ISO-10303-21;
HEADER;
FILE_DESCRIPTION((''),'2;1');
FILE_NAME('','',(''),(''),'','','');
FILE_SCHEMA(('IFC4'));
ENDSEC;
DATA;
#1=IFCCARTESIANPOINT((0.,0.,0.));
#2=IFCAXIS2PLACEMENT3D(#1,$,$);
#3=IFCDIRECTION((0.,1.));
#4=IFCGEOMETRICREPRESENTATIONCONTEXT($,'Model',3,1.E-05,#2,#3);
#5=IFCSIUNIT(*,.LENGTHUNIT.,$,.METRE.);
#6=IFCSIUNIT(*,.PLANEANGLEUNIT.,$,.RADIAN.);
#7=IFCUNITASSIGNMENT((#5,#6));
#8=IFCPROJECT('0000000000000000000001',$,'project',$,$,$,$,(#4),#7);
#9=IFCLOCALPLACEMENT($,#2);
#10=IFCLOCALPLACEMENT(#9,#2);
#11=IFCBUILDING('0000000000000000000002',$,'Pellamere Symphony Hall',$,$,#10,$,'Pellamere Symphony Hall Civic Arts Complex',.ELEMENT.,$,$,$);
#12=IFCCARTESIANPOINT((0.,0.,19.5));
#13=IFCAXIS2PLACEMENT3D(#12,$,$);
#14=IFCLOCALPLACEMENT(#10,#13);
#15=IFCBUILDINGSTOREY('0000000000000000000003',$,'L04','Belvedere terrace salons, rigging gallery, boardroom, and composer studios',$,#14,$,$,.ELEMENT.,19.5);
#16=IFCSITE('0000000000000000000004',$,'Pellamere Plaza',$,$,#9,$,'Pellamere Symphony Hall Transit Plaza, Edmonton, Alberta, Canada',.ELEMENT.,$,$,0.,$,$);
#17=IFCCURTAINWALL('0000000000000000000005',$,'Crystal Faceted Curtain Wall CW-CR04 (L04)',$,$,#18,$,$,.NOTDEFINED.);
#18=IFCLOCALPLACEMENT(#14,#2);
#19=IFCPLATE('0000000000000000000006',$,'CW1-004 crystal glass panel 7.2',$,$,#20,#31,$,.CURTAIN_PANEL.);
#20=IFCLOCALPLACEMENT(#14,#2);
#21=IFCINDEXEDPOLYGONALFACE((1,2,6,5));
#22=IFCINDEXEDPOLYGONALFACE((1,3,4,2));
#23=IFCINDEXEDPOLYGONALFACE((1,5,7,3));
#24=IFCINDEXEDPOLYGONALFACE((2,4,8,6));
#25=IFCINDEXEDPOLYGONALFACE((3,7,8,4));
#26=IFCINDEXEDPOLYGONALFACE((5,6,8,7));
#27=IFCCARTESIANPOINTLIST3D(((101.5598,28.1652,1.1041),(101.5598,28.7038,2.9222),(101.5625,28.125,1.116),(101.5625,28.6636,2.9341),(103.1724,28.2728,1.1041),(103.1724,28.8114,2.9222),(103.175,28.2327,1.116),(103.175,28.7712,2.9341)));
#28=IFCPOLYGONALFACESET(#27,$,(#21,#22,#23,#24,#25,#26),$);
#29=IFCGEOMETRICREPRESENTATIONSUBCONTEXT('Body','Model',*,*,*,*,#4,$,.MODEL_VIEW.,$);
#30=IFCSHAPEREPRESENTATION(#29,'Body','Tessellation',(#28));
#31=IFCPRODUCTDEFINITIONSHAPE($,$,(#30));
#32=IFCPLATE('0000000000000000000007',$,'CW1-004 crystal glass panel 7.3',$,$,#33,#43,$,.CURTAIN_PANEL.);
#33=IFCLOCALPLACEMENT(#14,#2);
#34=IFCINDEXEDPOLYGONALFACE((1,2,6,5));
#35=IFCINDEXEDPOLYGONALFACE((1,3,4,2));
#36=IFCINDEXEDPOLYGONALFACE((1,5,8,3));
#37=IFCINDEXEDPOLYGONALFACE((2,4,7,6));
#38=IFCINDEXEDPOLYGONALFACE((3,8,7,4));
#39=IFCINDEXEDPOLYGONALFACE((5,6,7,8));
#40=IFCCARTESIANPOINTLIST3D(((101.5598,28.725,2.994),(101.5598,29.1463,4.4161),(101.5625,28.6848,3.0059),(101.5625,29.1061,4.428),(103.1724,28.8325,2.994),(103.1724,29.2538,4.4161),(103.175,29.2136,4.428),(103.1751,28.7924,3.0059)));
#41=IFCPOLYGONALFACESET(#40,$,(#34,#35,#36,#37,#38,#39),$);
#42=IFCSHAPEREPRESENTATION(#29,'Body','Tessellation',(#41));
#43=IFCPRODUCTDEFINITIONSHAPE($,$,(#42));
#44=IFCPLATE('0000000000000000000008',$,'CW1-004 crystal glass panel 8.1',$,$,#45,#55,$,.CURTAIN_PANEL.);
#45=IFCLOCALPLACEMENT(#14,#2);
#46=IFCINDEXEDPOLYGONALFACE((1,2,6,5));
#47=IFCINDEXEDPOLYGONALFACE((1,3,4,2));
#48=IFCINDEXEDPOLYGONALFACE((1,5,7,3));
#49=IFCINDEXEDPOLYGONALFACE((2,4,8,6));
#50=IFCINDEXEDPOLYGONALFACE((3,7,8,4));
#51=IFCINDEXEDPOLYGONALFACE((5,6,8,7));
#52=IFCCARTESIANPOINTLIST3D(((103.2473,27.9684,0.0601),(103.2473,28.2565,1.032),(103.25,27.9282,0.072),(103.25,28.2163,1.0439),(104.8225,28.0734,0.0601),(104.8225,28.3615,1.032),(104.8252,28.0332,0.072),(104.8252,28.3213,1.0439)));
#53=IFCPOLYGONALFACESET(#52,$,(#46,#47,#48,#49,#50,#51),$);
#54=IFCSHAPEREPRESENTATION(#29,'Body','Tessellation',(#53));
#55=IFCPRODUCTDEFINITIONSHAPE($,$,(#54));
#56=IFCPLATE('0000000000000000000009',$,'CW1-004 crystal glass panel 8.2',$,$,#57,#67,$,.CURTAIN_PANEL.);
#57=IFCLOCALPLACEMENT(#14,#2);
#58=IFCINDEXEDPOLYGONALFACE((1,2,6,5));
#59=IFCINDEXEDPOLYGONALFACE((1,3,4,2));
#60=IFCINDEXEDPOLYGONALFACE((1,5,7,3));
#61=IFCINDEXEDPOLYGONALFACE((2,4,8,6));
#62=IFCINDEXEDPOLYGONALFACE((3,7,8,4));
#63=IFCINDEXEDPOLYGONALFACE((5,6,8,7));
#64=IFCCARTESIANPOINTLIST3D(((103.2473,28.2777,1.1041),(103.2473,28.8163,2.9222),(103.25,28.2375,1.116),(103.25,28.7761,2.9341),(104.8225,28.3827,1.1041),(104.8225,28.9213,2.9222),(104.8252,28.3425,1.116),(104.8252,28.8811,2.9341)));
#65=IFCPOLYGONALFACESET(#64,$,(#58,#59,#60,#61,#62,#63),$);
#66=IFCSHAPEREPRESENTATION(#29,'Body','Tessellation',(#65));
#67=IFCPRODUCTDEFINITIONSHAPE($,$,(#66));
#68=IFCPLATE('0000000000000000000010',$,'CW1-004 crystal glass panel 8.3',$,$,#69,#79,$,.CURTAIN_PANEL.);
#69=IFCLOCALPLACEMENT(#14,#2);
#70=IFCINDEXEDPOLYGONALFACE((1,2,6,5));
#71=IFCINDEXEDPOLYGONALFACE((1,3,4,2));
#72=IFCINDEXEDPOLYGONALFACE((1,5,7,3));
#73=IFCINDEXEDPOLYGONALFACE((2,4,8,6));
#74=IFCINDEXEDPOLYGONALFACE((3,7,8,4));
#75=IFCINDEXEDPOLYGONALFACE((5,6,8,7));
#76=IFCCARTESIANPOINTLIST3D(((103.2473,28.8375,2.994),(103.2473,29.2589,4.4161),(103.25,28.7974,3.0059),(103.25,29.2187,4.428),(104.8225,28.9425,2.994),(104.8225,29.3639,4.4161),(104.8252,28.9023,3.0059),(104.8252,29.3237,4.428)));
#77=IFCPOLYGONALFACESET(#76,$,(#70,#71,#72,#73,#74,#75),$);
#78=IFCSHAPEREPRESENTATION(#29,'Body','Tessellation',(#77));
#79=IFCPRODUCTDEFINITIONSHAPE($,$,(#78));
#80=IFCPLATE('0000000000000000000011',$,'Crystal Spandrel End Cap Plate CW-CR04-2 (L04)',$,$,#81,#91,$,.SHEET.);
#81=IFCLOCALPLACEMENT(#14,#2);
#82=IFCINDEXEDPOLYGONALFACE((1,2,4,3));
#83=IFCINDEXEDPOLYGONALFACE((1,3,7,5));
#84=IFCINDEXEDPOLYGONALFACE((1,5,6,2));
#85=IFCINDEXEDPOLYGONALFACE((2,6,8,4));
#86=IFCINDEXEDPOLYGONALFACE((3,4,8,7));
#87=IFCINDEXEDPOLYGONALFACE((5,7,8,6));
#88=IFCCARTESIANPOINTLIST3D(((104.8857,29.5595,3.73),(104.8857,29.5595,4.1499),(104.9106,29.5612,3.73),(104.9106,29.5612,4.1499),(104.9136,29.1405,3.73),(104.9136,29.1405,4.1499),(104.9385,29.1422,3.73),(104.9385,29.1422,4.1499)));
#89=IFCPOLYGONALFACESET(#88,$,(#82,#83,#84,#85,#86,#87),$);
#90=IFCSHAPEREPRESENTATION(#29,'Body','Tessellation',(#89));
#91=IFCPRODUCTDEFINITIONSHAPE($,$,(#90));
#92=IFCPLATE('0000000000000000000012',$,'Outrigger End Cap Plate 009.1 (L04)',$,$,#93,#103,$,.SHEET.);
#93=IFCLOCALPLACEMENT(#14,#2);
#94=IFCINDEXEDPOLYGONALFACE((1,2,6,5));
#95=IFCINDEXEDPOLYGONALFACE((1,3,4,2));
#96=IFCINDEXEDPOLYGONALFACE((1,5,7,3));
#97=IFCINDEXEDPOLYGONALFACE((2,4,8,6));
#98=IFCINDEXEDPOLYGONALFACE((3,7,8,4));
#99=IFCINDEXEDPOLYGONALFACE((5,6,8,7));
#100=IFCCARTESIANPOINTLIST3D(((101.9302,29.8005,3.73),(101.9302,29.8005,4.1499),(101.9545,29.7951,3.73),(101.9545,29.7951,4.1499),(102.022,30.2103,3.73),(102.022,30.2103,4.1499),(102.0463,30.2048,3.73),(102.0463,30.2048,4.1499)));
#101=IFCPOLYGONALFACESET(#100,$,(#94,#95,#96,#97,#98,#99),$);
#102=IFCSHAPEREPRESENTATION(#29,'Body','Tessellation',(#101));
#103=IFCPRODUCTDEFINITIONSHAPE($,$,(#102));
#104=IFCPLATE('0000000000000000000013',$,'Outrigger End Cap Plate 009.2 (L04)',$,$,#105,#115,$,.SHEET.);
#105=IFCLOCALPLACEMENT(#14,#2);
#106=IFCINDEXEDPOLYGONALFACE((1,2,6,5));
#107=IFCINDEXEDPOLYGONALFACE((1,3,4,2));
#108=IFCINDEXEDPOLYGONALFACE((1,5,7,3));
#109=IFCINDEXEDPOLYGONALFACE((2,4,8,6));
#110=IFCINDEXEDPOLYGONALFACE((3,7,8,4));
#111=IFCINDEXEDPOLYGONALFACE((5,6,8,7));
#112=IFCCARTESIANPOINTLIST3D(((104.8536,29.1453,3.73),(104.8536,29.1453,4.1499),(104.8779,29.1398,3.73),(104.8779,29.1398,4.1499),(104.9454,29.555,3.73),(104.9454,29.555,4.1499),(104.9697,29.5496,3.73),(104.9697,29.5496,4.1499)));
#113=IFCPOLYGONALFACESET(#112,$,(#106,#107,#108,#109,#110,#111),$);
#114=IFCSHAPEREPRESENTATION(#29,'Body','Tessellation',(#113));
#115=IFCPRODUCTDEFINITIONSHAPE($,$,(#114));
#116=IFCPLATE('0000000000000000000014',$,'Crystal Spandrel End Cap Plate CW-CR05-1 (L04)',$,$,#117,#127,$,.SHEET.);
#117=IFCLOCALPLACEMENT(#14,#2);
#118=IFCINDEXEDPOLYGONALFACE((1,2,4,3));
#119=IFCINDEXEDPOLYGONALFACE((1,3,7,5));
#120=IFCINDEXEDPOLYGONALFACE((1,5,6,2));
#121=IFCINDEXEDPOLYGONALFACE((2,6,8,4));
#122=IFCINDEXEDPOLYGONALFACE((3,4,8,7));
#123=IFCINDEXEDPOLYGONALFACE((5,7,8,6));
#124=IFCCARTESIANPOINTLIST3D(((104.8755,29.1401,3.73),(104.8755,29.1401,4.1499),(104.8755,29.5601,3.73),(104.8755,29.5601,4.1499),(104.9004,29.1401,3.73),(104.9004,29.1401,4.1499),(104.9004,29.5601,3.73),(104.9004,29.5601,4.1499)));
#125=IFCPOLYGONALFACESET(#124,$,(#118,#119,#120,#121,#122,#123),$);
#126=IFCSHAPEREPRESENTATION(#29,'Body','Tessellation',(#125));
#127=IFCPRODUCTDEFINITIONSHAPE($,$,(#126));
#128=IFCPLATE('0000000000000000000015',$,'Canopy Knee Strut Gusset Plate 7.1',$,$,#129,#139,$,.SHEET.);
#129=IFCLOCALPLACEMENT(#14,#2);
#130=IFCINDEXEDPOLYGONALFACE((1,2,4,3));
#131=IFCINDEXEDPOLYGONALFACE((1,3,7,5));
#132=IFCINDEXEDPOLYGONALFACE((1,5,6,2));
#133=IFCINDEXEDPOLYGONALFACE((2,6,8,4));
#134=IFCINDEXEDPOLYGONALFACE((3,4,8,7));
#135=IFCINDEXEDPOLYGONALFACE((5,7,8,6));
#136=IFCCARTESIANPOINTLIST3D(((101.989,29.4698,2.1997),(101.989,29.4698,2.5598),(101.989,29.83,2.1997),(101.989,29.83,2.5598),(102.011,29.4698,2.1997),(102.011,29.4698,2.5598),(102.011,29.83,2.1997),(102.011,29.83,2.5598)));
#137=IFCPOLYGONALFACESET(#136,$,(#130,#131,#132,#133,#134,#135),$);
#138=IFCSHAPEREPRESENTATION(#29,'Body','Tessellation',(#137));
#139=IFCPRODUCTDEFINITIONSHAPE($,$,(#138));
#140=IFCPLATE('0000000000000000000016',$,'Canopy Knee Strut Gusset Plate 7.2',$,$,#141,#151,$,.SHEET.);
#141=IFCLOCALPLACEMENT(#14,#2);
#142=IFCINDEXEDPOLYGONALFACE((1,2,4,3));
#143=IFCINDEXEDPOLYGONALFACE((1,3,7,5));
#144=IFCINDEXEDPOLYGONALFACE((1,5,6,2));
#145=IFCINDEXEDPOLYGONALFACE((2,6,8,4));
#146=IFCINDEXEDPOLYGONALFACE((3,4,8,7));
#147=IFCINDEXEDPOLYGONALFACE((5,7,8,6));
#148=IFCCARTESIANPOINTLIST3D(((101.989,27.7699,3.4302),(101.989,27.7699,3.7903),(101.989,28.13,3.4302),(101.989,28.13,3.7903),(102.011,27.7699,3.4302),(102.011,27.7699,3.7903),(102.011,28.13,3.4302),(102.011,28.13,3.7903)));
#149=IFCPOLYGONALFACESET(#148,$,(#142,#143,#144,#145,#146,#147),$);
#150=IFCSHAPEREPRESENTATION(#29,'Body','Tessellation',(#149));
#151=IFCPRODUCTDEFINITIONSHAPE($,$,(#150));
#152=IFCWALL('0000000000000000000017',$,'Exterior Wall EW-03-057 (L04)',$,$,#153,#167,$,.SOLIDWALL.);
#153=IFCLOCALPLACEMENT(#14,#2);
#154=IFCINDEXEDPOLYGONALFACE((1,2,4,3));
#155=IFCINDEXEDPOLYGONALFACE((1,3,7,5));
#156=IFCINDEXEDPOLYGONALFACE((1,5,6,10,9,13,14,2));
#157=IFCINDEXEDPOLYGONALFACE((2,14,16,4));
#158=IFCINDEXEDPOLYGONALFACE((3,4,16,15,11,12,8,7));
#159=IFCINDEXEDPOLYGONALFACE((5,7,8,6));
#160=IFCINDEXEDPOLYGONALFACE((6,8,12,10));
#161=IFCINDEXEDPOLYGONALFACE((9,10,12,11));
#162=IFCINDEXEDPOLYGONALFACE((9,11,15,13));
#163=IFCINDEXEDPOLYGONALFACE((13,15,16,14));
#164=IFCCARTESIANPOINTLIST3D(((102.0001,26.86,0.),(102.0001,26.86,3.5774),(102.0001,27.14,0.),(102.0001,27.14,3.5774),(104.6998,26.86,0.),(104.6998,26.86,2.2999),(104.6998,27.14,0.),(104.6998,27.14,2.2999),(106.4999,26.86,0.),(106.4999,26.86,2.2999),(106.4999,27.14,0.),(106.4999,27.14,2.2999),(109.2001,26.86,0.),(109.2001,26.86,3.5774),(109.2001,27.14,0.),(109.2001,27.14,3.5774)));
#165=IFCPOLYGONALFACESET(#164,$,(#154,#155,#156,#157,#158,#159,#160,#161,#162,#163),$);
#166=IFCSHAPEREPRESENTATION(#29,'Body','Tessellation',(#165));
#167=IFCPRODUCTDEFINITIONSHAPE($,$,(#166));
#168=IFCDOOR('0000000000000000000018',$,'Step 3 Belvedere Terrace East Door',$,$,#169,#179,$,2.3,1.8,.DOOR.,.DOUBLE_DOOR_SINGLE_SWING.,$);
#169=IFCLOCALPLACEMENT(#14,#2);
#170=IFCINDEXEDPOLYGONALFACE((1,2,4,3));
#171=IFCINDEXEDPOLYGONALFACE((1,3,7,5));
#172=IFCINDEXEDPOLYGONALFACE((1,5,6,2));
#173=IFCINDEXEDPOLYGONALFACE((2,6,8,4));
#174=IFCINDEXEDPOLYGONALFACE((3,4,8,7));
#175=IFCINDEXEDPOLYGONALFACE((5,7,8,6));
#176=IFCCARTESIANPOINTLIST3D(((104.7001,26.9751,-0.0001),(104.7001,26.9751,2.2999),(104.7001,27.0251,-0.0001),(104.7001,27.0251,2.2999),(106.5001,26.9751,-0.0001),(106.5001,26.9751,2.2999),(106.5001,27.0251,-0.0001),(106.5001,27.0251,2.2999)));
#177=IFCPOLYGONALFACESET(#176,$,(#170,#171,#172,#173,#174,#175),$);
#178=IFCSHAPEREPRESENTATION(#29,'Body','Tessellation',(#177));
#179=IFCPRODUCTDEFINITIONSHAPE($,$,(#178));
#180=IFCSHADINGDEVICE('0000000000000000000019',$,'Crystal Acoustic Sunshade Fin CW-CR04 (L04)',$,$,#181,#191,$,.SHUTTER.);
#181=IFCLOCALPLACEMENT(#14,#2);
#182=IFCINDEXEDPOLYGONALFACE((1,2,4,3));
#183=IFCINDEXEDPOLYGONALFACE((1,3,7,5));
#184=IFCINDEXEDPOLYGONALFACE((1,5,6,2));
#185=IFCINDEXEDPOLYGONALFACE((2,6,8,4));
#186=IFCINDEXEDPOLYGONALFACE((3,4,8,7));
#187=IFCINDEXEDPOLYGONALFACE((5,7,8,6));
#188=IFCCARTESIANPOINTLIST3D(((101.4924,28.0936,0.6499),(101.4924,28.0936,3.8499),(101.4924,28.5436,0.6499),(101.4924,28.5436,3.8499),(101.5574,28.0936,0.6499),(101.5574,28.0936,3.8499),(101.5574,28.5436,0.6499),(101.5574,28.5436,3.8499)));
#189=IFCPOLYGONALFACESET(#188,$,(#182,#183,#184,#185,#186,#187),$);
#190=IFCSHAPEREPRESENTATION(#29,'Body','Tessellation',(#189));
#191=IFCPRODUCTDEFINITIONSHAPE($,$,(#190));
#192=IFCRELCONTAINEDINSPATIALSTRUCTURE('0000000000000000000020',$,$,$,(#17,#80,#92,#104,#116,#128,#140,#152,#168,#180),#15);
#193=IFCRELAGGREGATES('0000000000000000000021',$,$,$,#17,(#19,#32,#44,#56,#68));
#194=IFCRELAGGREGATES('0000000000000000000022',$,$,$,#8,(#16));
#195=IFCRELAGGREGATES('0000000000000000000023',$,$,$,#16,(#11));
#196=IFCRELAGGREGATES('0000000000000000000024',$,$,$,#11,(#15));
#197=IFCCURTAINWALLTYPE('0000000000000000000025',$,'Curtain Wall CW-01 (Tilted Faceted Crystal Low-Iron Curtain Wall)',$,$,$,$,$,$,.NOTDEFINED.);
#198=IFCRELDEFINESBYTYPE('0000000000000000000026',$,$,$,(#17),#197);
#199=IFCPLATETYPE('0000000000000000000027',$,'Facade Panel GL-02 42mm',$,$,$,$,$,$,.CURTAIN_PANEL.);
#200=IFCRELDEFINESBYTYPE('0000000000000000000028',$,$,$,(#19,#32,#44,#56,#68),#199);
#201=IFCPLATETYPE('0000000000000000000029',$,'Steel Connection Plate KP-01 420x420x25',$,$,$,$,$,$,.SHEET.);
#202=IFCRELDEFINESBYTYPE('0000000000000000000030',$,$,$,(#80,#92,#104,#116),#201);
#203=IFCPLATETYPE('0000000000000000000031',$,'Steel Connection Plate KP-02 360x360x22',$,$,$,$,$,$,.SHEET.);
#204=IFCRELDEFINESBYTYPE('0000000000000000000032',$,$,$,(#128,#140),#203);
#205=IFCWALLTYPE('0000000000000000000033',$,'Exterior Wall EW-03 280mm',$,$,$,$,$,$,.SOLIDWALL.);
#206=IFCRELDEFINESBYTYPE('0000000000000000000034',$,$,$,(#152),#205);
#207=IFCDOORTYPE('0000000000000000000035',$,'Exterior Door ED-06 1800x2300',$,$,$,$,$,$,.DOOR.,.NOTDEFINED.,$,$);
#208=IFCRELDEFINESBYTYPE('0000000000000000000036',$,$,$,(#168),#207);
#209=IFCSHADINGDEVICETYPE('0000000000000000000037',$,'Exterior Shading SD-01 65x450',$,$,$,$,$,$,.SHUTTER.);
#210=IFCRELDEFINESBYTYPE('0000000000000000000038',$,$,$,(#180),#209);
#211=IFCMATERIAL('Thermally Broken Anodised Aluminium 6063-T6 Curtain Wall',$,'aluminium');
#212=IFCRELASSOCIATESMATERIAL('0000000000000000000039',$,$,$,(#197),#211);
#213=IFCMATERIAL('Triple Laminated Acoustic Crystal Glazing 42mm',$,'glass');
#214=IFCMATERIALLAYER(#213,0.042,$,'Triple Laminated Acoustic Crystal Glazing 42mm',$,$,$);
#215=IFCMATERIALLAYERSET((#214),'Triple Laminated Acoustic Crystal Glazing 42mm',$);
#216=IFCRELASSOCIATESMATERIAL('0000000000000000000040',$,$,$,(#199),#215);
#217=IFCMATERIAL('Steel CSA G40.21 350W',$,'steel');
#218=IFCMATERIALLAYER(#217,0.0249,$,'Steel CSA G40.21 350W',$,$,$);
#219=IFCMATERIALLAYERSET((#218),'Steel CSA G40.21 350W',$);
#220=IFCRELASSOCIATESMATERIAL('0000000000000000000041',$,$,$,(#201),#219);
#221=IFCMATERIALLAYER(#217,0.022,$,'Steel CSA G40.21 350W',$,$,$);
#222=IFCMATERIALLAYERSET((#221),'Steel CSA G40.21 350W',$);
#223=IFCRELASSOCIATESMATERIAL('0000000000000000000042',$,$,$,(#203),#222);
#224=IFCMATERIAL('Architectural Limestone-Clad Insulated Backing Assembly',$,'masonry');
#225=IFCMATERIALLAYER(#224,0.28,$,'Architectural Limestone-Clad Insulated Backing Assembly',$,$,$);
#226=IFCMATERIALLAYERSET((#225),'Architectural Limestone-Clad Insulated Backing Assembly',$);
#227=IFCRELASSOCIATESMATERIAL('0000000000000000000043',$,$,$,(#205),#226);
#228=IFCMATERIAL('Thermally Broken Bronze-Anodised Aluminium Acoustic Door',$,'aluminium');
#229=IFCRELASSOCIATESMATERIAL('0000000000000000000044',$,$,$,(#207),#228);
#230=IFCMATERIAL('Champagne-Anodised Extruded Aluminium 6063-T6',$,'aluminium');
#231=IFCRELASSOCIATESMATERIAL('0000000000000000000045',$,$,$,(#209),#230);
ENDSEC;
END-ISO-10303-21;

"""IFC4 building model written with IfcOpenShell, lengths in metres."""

from ifc_helpers import new_model, si_unit, direction, frame, frame_2d, origin, origin_2d, place, context, subcontext, project, spatial, polyline, rectangle, outline, extrude, material, layer, layer_set, type_object, element, fill, aggregate, save


model = new_model("IFC4")

# Units and contexts
model_context = context("Model", 3, precision=1e-05, world=origin(), true_north=direction((0.0, 1.0)))
body_context = subcontext(model_context, "Body", "Model", "MODEL_VIEW")
ifc_project = project(units=[si_unit("LENGTHUNIT", "METRE"), si_unit("PLANEANGLEUNIT", "RADIAN")], contexts=[model_context])

# Site, building, storey
site_placement = place(None, origin())
site = spatial("IfcSite", under=ifc_project, at=site_placement, Name="Pellamere Plaza", LongName="Pellamere Symphony Hall Transit Plaza, Edmonton, Alberta, Canada", CompositionType="ELEMENT", RefElevation=0.0)
building_placement = place(site_placement, origin())
building = spatial("IfcBuilding", under=site, at=building_placement, Name="Pellamere Symphony Hall", LongName="Pellamere Symphony Hall Civic Arts Complex", CompositionType="ELEMENT")
storey_placement = place(building_placement, frame((0.0, 0.0, 19.5)))
storey = spatial("IfcBuildingStorey", under=building, at=storey_placement, Name="L04", Description="Belvedere terrace salons, rigging gallery, boardroom, and composer studios", CompositionType="ELEMENT", Elevation=19.5)

# Curtain wall
ifc_material_1 = material(Name="Thermally Broken Anodised Aluminium 6063-T6 Curtain Wall", Category="aluminium")
curtain_wall_type_1 = type_object("IfcCurtainWallType", Name="Curtain Wall CW-01 (Tilted Faceted Crystal Low-Iron Curtain Wall)", PredefinedType="NOTDEFINED", material=ifc_material_1)
curtain_wall_1_placement = place(storey_placement, origin())
curtain_wall_1 = element("IfcCurtainWall", 1, at=curtain_wall_1_placement, inside=storey, type_object=curtain_wall_type_1, Name="Crystal Faceted Curtain Wall CW-CR04 (L04)", PredefinedType="NOTDEFINED")

# Shared definitions
ifc_material_2 = material(Name="Steel CSA G40.21 350W", Category="steel")

# Plates
ifc_material_3 = material(Name="Triple Laminated Acoustic Crystal Glazing 42mm", Category="glass")
ifc_layer_1 = layer(ifc_material_3, 0.042, Name="Triple Laminated Acoustic Crystal Glazing 42mm")
ifc_layer_set_1 = layer_set([ifc_layer_1], Name="Triple Laminated Acoustic Crystal Glazing 42mm")
plate_type_1 = type_object("IfcPlateType", Name="Facade Panel GL-02 42mm", PredefinedType="CURTAIN_PANEL", material=ifc_layer_set_1)
plate_1_placement = place(storey_placement, frame((101.5625, 28.125, 1.116), z_axis=(0.063887, -0.956858, 0.283447), x_axis=(0.997778, 0.066619, 0.0)))
plate_1 = element("IfcPlate", 2, at=plate_1_placement, type_object=plate_type_1, Name="CW1-004 crystal glass panel 7.2", PredefinedType="CURTAIN_PANEL", context=body_context, shape_type="SweptSolid", body=[
    extrude(outline(polyline([(0.0, 0.0), (1.6161, 0.0), (1.652, 1.8959), (0.0359, 1.8959), (0.0, 0.0)])), origin(), (0.0, 0.0, -1.0), 0.042),
])
plate_2_placement = place(storey_placement, frame((101.5625, 28.6848, 3.0059), z_axis=(0.063815, -0.956863, 0.283445), x_axis=(0.997783, 0.06655, 0.00002)))
plate_2 = element("IfcPlate", 3, at=plate_2_placement, type_object=plate_type_1, Name="CW1-004 crystal glass panel 7.3", PredefinedType="CURTAIN_PANEL", context=body_context, shape_type="SweptSolid", body=[
    extrude(outline(polyline([(0.0, 0.0), (1.6161, 0.0), (1.6442, 1.4829), (0.0281, 1.483), (0.0, 0.0)])), origin(), (0.0, 0.0, -1.0), 0.042),
])
plate_3_placement = place(storey_placement, frame((103.25, 27.9282, 0.072), z_axis=(0.063768, -0.956818, 0.283608), x_axis=(0.997787, 0.066498, 0.0)))
plate_3 = element("IfcPlate", 4, at=plate_3_placement, type_object=plate_type_1, Name="CW1-004 crystal glass panel 8.1", PredefinedType="CURTAIN_PANEL", context=body_context, shape_type="SweptSolid", body=[
    extrude(outline(polyline([(0.0, 0.0), (1.5787, 0.0), (1.5978, 1.0135), (0.0192, 1.0135), (0.0, 0.0)])), origin(), (0.0, 0.0, -1.0), 0.042),
])
plate_4_placement = place(storey_placement, frame((103.25, 28.2375, 1.116), z_axis=(0.063771, -0.956865, 0.283449), x_axis=(0.997787, 0.066498, 0.0)))
plate_4 = element("IfcPlate", 5, at=plate_4_placement, type_object=plate_type_1, Name="CW1-004 crystal glass panel 8.2", PredefinedType="CURTAIN_PANEL", context=body_context, shape_type="SweptSolid", body=[
    extrude(outline(polyline([(0.0, 0.0), (1.5787, 0.0), (1.6145, 1.8959), (0.0358, 1.8959), (0.0, 0.0)])), origin(), (0.0, 0.0, -1.0), 0.042),
])
plate_5_placement = place(storey_placement, frame((103.25, 28.7974, 3.0059), z_axis=(0.06377, -0.956843, 0.283521), x_axis=(0.997787, 0.066498, 0.0)))
plate_5 = element("IfcPlate", 6, at=plate_5_placement, type_object=plate_type_1, Name="CW1-004 crystal glass panel 8.3", PredefinedType="CURTAIN_PANEL", context=body_context, shape_type="SweptSolid", body=[
    extrude(outline(polyline([(0.0, 0.0), (1.5787, 0.0), (1.6067, 1.483), (0.028, 1.483), (0.0, 0.0)])), origin(), (0.0, 0.0, -1.0), 0.042),
])
aggregate(curtain_wall_1, [plate_1, plate_2, plate_3, plate_4, plate_5])

# Plates
ifc_layer_2 = layer(ifc_material_2, 0.0249, Name="Steel CSA G40.21 350W")
ifc_layer_set_2 = layer_set([ifc_layer_2], Name="Steel CSA G40.21 350W")
plate_type_2 = type_object("IfcPlateType", Name="Steel Connection Plate KP-01 420x420x25", PredefinedType="SHEET", material=ifc_layer_set_2)
for number, where, z_axis, x_axis, name in (
    (7, (104.9121, 29.3508, 3.73), (0.0, 0.0, 1.0), (0.99779, 0.066448, 0.0), "Crystal Spandrel End Cap Plate CW-CR04-2 (L04)"),
    (8, (101.9883, 30.0027, 3.73), (0.0, 0.0, 1.0), (0.975802, -0.218654, 0.0), "Outrigger End Cap Plate 009.1 (L04)"),
    (9, (104.9116, 29.3474, 3.73), (0.0, 0.0, 1.0), (0.975802, -0.218654, 0.0), "Outrigger End Cap Plate 009.2 (L04)"),
    (10, (104.8879, 29.3501, 3.73), (0.0, 0.0, 1.0), (1.0, 0.0, 0.0), "Crystal Spandrel End Cap Plate CW-CR05-1 (L04)"),
):
    element("IfcPlate", number, at=place(storey_placement, frame(where, z_axis=z_axis, x_axis=x_axis)), inside=storey, type_object=plate_type_2, Name=name, PredefinedType="SHEET", context=body_context, shape_type="SweptSolid", body=[
        extrude(rectangle(XDim=0.0249, YDim=0.4199, at=origin_2d()), origin(), (0.0, 0.0, 1.0), 0.4199),
    ])
ifc_layer_3 = layer(ifc_material_2, 0.022, Name="Steel CSA G40.21 350W")
ifc_layer_set_3 = layer_set([ifc_layer_3], Name="Steel CSA G40.21 350W")
plate_type_3 = type_object("IfcPlateType", Name="Steel Connection Plate KP-02 360x360x22", PredefinedType="SHEET", material=ifc_layer_set_3)
for number, where, z_axis, x_axis, name in (
    (11, (102.0, 29.6499, 2.1997), (0.0, 0.0, 1.0), (1.0, 0.0, 0.0), "Canopy Knee Strut Gusset Plate 7.1"),
    (12, (102.0, 27.95, 3.4302), (0.0, 0.0, 1.0), (1.0, 0.0, 0.0), "Canopy Knee Strut Gusset Plate 7.2"),
):
    element("IfcPlate", number, at=place(storey_placement, frame(where, z_axis=z_axis, x_axis=x_axis)), inside=storey, type_object=plate_type_3, Name=name, PredefinedType="SHEET", context=body_context, shape_type="SweptSolid", body=[
        extrude(rectangle(XDim=0.022, YDim=0.3601, at=origin_2d()), origin(), (0.0, 0.0, 1.0), 0.3601),
    ])

# Wall, opening, door
ifc_material_4 = material(Name="Architectural Limestone-Clad Insulated Backing Assembly", Category="masonry")
ifc_layer_4 = layer(ifc_material_4, 0.28, Name="Architectural Limestone-Clad Insulated Backing Assembly")
ifc_layer_set_4 = layer_set([ifc_layer_4], Name="Architectural Limestone-Clad Insulated Backing Assembly")
wall_type = type_object("IfcWallType", Name="Exterior Wall EW-03 280mm", PredefinedType="SOLIDWALL", material=ifc_layer_set_4)
wall_placement = place(storey_placement, frame((102.0, 27.0, 0.0), z_axis=(0.0, 0.0, 1.0), x_axis=(1.0, 0.0, 0.0)))
wall = element("IfcWall", 13, at=wall_placement, inside=storey, type_object=wall_type, Name="Exterior Wall EW-03-057 (L04)", PredefinedType="SOLIDWALL", context=body_context, shape_type="SweptSolid", body=[
    extrude(rectangle(XDim=7.2, YDim=0.28, at=frame_2d((3.6001, 0.0))), origin(), (0.0, 0.0, 1.0), 3.5774),
])
opening_placement = place(wall_placement, frame((2.7, 0.0, 0.0)))
opening = element("IfcOpeningElement", 14, at=opening_placement, cuts=wall, PredefinedType="OPENING", context=body_context, shape_type="SweptSolid", body=[
    extrude(rectangle(XDim=1.8, YDim=2.3, at=frame_2d((0.8999, 1.1499))), frame((0.0, 0.1499, 0.0), z_axis=(0.0, -1.0, 0.0), x_axis=(1.0, 0.0, 0.0)), (0.0, 0.0, 1.0), 0.3),
])
ifc_material_5 = material(Name="Thermally Broken Bronze-Anodised Aluminium Acoustic Door", Category="aluminium")
door_type = type_object("IfcDoorType", Name="Exterior Door ED-06 1800x2300", OperationType="NOTDEFINED", PredefinedType="DOOR", material=ifc_material_5)
door_placement = place(opening_placement, frame((1.8, 0.0, 0.0), z_axis=(0.0, 0.0, 1.0), x_axis=(-1.0, 0.0, 0.0)))
door = element("IfcDoor", 15, at=door_placement, inside=storey, type_object=door_type, Name="Step 3 Belvedere Terrace East Door", OperationType="DOUBLE_DOOR_SINGLE_SWING", OverallHeight=2.3, OverallWidth=1.8, PredefinedType="DOOR", context=body_context, shape_type="SweptSolid", body=[
    extrude(rectangle(XDim=1.8, YDim=2.3, at=frame_2d((0.8999, 1.1499))), frame((0.0, 0.0249, 0.0), z_axis=(0.0, -1.0, 0.0), x_axis=(1.0, 0.0, 0.0)), (0.0, 0.0, 1.0), 0.05),
])
fill(opening, door)

# Shading device
ifc_material_6 = material(Name="Champagne-Anodised Extruded Aluminium 6063-T6", Category="aluminium")
shading_device_type = type_object("IfcShadingDeviceType", Name="Exterior Shading SD-01 65x450", PredefinedType="SHUTTER", material=ifc_material_6)
shading_device_placement = place(storey_placement, frame((101.5249, 28.3186, 0.6499), z_axis=(0.0, 0.0, 1.0), x_axis=(1.0, 0.0, 0.0)))
element("IfcShadingDevice", 16, at=shading_device_placement, inside=storey, type_object=shading_device_type, Name="Crystal Acoustic Sunshade Fin CW-CR04 (L04)", PredefinedType="SHUTTER", context=body_context, shape_type="SweptSolid", body=[
    extrude(rectangle(XDim=0.0649, YDim=0.45, at=origin_2d()), origin(), (0.0, 0.0, 1.0), 3.2),
])

save(model, "model.ifc")
